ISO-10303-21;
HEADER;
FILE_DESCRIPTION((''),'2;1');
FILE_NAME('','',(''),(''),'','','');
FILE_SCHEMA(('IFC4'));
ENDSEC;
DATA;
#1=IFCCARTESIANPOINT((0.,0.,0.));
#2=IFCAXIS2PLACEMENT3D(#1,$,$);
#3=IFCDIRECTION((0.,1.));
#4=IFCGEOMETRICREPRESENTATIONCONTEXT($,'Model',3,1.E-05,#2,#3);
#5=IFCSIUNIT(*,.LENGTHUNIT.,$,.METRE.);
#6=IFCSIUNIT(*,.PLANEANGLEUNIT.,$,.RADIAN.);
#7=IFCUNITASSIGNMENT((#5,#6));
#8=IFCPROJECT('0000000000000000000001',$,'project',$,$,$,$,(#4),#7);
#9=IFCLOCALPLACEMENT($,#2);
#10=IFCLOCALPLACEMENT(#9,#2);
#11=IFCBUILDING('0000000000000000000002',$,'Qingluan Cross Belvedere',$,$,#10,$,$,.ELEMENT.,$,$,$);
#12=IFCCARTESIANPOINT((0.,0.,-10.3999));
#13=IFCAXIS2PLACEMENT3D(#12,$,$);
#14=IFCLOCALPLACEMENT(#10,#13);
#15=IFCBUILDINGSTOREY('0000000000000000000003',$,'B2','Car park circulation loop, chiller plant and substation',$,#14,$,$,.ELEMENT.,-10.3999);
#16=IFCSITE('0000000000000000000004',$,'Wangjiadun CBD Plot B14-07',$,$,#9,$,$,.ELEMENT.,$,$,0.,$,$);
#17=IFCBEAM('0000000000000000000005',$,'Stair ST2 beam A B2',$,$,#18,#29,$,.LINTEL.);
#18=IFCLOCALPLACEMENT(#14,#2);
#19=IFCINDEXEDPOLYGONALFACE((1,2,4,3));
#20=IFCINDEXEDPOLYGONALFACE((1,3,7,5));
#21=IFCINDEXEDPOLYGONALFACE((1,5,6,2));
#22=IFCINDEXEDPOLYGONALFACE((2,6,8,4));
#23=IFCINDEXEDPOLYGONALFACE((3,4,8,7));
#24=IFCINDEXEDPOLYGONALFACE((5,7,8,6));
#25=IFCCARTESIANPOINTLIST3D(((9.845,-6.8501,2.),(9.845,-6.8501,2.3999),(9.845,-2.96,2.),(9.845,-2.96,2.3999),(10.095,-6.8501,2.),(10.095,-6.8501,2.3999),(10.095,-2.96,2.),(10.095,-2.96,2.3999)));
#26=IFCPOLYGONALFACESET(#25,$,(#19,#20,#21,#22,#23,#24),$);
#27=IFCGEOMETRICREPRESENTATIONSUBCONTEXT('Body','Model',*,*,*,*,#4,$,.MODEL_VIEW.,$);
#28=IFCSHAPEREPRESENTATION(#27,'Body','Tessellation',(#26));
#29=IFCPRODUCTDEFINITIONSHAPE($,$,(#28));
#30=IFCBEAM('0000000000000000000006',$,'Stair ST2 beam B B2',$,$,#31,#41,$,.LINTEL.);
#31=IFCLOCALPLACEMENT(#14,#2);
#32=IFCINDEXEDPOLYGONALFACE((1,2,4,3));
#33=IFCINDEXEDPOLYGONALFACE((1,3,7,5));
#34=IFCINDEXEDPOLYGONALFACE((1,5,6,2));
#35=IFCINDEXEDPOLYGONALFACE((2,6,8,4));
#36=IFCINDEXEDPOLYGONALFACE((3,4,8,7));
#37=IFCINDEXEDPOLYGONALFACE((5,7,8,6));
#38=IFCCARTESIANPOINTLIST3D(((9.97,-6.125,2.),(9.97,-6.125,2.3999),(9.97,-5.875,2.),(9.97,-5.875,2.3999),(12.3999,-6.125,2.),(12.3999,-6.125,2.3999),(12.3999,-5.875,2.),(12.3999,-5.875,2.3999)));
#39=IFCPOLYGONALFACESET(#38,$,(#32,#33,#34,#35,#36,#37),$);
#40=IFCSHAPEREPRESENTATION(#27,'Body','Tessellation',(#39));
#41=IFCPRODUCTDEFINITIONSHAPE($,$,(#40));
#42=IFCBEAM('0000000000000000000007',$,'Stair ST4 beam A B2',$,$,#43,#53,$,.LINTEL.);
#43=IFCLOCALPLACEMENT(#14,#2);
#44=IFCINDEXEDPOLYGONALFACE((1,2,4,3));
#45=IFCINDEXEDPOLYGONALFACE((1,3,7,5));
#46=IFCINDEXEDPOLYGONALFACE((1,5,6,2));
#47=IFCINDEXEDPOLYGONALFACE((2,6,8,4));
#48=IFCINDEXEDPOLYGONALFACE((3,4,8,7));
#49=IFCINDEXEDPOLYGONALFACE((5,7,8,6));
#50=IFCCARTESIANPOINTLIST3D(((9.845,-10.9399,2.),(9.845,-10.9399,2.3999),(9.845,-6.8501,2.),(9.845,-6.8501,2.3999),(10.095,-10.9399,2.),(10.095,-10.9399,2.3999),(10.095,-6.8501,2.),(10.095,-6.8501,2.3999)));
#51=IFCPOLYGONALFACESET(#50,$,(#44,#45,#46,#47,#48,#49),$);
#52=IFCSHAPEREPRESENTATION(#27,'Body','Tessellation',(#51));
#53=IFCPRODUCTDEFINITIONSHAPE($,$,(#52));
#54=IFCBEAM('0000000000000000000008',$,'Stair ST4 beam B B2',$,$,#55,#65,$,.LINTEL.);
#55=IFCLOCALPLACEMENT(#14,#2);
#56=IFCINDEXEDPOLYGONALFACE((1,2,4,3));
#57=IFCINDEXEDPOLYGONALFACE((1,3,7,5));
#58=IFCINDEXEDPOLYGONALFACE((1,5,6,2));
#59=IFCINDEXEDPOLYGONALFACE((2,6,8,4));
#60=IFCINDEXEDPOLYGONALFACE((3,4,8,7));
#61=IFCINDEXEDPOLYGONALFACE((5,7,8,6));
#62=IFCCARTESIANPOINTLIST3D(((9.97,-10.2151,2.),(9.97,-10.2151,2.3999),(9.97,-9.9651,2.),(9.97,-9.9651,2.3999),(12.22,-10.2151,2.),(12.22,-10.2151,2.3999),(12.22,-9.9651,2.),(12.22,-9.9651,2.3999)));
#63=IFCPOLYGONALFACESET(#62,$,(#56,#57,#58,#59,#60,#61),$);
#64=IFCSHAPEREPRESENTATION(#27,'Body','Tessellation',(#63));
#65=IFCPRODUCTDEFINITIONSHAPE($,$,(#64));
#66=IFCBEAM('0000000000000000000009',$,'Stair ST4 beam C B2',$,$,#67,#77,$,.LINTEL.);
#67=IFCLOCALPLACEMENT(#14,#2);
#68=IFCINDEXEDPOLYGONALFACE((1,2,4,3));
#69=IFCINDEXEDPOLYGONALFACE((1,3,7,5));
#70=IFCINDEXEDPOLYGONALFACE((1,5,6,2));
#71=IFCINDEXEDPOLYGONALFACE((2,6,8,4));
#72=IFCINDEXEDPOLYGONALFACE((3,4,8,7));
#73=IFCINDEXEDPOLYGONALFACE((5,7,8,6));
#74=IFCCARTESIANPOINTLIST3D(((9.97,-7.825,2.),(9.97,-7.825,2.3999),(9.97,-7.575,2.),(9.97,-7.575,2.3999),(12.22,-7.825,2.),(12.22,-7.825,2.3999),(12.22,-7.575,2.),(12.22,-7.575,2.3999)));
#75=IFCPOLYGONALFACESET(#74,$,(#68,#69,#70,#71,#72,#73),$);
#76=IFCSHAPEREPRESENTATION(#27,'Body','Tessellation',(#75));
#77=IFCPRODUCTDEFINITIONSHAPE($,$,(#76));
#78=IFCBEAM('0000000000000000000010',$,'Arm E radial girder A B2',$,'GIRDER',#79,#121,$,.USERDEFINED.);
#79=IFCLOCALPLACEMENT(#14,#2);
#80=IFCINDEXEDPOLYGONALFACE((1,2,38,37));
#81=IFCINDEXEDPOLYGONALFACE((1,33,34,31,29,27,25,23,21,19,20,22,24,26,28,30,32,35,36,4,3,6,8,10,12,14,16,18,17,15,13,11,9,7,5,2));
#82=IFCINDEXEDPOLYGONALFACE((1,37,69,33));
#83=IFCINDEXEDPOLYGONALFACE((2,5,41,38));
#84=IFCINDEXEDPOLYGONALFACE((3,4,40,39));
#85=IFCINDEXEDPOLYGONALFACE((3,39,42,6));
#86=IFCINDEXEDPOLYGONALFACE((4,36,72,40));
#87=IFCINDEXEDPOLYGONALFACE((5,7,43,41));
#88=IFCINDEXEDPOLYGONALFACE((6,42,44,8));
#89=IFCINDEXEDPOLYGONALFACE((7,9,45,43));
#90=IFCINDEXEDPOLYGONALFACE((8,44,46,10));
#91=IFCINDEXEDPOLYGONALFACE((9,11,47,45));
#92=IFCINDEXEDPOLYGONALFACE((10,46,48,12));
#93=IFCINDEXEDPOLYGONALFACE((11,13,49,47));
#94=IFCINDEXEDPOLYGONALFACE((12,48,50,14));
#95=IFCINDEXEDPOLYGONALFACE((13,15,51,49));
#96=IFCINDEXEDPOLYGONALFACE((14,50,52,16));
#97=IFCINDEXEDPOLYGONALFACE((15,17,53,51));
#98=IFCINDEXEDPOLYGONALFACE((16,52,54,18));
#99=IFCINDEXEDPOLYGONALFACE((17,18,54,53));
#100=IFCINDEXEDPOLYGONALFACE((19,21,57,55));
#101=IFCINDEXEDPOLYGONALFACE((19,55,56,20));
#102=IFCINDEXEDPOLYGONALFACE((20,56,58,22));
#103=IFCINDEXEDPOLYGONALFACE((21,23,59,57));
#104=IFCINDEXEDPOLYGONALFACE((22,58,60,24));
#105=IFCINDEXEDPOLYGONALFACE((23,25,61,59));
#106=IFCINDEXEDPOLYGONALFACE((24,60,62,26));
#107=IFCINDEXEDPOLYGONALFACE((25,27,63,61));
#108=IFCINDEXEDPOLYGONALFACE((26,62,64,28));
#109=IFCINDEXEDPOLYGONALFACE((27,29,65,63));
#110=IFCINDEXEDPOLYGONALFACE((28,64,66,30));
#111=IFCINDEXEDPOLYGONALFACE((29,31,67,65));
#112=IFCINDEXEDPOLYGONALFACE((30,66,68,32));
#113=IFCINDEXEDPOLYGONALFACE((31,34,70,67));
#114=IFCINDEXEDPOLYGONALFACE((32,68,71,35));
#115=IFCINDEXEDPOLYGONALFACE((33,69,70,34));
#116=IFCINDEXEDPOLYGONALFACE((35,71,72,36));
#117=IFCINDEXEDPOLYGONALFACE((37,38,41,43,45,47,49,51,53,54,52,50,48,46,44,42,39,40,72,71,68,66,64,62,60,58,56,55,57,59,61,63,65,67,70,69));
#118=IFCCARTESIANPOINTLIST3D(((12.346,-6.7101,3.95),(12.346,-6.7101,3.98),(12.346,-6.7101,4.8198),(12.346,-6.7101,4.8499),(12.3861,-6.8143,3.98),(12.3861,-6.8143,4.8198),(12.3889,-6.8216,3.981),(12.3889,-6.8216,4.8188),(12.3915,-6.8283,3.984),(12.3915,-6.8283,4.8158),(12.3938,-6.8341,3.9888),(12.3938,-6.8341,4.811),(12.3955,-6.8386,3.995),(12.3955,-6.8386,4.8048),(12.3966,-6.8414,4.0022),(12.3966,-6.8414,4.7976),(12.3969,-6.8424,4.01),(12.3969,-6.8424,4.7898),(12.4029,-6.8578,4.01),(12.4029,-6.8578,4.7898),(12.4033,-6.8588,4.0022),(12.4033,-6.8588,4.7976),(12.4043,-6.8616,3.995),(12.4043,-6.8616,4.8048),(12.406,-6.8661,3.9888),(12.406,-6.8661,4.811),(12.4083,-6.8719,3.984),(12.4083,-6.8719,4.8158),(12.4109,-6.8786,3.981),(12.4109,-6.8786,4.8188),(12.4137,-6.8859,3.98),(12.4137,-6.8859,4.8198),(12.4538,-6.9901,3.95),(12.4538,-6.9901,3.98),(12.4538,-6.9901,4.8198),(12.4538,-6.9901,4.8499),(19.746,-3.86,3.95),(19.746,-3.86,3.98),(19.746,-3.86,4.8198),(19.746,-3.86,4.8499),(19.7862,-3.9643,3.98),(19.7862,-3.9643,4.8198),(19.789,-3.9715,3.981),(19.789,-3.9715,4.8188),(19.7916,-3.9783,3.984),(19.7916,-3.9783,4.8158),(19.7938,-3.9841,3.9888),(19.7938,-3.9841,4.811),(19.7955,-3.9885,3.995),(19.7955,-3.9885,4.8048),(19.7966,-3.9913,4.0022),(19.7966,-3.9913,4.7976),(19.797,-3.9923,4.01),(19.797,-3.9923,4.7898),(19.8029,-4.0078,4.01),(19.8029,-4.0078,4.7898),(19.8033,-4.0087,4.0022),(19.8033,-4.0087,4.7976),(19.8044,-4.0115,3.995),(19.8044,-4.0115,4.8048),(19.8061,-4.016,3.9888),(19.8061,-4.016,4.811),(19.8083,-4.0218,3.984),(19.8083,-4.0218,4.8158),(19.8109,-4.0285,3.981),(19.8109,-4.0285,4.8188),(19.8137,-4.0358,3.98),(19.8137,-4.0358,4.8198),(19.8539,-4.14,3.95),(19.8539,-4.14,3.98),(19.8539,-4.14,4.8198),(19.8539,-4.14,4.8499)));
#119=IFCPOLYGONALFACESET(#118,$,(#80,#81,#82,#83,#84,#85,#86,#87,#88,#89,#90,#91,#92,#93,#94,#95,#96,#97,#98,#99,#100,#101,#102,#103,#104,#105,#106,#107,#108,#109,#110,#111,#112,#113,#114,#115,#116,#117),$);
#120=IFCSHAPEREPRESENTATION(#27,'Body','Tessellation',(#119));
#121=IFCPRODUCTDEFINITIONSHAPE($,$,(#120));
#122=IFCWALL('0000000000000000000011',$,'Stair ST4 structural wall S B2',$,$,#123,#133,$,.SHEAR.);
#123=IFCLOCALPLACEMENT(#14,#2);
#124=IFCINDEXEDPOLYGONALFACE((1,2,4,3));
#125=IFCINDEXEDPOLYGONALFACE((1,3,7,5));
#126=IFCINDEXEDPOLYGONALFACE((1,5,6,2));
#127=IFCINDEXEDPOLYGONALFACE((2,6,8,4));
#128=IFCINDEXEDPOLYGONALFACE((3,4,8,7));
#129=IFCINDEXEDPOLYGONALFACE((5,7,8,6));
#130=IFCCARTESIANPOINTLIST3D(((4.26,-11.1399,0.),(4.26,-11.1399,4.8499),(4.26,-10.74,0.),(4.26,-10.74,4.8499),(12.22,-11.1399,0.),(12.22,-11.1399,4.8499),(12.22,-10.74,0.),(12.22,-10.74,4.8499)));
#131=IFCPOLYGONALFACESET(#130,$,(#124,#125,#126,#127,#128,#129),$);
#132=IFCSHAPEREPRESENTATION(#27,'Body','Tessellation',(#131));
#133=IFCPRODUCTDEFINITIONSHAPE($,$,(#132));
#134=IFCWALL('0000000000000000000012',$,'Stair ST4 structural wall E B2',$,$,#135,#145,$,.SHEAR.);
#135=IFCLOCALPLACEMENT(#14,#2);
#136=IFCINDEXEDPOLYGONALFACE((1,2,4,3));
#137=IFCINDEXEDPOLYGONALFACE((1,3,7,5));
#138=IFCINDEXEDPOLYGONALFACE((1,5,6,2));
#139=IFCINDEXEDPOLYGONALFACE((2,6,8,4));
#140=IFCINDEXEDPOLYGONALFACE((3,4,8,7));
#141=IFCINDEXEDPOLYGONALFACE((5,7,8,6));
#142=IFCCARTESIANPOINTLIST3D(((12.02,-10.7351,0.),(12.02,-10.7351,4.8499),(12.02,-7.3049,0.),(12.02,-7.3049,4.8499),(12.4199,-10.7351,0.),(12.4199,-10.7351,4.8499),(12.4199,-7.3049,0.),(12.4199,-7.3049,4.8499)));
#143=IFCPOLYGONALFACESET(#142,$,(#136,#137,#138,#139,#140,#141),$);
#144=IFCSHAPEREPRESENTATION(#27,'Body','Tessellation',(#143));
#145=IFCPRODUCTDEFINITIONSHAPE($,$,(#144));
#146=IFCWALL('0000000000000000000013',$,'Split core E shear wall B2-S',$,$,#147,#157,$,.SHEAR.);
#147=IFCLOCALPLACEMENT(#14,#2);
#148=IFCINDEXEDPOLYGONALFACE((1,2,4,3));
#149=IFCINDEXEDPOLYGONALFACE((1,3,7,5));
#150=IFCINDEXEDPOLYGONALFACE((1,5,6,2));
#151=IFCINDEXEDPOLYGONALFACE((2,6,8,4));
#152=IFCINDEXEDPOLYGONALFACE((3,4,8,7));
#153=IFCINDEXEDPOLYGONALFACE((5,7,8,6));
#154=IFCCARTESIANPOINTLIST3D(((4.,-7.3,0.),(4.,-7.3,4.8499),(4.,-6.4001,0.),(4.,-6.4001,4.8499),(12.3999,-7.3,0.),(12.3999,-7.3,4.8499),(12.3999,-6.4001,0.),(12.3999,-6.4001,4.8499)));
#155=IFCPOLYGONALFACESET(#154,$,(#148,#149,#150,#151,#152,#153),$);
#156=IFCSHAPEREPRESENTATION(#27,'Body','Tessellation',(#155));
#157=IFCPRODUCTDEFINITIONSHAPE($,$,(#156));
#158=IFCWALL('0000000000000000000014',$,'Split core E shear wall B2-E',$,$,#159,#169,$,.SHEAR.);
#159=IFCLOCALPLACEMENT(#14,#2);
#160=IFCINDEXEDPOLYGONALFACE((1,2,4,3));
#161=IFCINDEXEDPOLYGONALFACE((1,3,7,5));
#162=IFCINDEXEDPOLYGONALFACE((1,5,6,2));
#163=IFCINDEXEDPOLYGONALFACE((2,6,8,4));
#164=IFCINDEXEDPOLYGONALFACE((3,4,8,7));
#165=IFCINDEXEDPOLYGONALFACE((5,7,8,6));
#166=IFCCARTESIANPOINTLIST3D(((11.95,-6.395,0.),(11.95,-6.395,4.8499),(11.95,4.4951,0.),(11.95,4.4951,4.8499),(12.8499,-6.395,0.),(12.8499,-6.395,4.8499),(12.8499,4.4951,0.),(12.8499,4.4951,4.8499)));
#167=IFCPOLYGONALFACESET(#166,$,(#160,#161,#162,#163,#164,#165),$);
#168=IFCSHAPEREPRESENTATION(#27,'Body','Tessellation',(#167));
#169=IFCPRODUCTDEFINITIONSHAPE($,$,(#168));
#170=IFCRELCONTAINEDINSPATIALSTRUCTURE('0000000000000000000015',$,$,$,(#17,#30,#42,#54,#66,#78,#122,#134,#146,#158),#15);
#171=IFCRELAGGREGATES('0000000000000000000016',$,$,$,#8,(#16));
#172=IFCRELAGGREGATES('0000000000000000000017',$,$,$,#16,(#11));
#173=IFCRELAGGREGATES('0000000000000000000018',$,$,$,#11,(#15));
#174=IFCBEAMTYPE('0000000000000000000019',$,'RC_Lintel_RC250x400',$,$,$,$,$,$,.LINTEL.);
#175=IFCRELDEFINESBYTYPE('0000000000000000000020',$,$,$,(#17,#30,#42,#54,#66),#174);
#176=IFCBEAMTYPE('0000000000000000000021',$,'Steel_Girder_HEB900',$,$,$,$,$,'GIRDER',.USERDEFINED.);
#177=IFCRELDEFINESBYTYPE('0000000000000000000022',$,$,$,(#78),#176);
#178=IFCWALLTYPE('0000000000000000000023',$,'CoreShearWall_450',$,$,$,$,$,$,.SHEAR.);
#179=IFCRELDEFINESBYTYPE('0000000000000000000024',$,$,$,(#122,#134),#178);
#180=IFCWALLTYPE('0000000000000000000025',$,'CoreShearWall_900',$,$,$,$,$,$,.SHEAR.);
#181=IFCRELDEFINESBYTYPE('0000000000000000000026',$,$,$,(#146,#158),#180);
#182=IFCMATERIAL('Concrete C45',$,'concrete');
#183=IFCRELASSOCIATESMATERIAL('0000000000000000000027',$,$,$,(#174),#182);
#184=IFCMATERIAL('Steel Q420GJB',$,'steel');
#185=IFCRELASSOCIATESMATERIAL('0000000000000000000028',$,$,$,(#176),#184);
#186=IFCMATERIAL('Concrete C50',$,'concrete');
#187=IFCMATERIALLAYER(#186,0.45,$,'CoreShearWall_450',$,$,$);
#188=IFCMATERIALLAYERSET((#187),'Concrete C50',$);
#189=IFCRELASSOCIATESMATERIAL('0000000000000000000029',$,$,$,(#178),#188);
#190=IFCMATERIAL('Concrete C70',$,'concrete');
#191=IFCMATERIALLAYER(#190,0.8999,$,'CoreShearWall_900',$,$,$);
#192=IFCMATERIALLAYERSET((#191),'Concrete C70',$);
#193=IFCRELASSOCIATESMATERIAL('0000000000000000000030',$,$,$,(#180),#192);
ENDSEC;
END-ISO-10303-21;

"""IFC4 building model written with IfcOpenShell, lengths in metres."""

from ifc_helpers import new_model, si_unit, direction, frame, frame_2d, origin, origin_2d, place, context, subcontext, project, spatial, rectangle, i_section, extrude, material, layer, layer_set, material_profile, profile_set, type_object, element, save


model = new_model("IFC4")

# Units and contexts
model_context = context("Model", 3, precision=1e-05, world=origin(), true_north=direction((0.0, 1.0)))
body_context = subcontext(model_context, "Body", "Model", "MODEL_VIEW")
ifc_project = project(units=[si_unit("LENGTHUNIT", "METRE"), si_unit("PLANEANGLEUNIT", "RADIAN")], contexts=[model_context])

# Site, building, storey
site_placement = place(None, origin())
site = spatial("IfcSite", under=ifc_project, at=site_placement, Name="Wangjiadun CBD Plot B14-07", CompositionType="ELEMENT", RefElevation=0.0)
building_placement = place(site_placement, origin())
building = spatial("IfcBuilding", under=site, at=building_placement, Name="Qingluan Cross Belvedere", CompositionType="ELEMENT")
storey_placement = place(building_placement, frame((0.0, 0.0, -10.3999)))
storey = spatial("IfcBuildingStorey", under=building, at=storey_placement, Name="B2", Description="Car park circulation loop, chiller plant and substation", CompositionType="ELEMENT", Elevation=-10.3999)

# Beams
ifc_material_1 = material(Name="Concrete C45", Category="concrete")
ifc_material_profile_1 = material_profile(ifc_material_1, rectangle(XDim=0.25, YDim=0.3999, at=origin_2d()), Name="RC250x400")
ifc_profile_set_1 = profile_set([ifc_material_profile_1], Name="Concrete C45")
beam_type_1 = type_object("IfcBeamType", Name="RC_Lintel_RC250x400", PredefinedType="LINTEL", material=ifc_profile_set_1)
beam_1_placement = place(storey_placement, frame((9.97, -6.8501, 2.2), z_axis=(0.0, 1.0, 0.0), x_axis=(-1.0, 0.0, 0.0)))
element("IfcBeam", 1, at=beam_1_placement, inside=storey, type_object=beam_type_1, Name="Stair ST2 beam A B2", PredefinedType="LINTEL", context=body_context, shape_type="SweptSolid", body=[
    extrude(rectangle(XDim=0.25, YDim=0.3999, at=origin_2d()), origin(), (0.0, 0.0, 1.0), 3.8901),
])
beam_2_placement = place(storey_placement, frame((12.3999, -6.0, 2.2), z_axis=(-1.0, 0.0, 0.0), x_axis=(0.0, -1.0, 0.0)))
element("IfcBeam", 2, at=beam_2_placement, inside=storey, type_object=beam_type_1, Name="Stair ST2 beam B B2", PredefinedType="LINTEL", context=body_context, shape_type="SweptSolid", body=[
    extrude(rectangle(XDim=0.25, YDim=0.3999, at=origin_2d()), origin(), (0.0, 0.0, 1.0), 2.4299),
])
beam_3_placement = place(storey_placement, frame((9.97, -10.9399, 2.2), z_axis=(0.0, 1.0, 0.0), x_axis=(-1.0, 0.0, 0.0)))
element("IfcBeam", 3, at=beam_3_placement, inside=storey, type_object=beam_type_1, Name="Stair ST4 beam A B2", PredefinedType="LINTEL", context=body_context, shape_type="SweptSolid", body=[
    extrude(rectangle(XDim=0.25, YDim=0.3999, at=origin_2d()), origin(), (0.0, 0.0, 1.0), 4.0898),
])
for number, where, z_axis, x_axis, name in (
    (4, (12.22, -10.0901, 2.2), (-1.0, 0.0, 0.0), (0.0, -1.0, 0.0), "Stair ST4 beam B B2"),
    (5, (12.22, -7.7, 2.2), (-1.0, 0.0, 0.0), (0.0, -1.0, 0.0), "Stair ST4 beam C B2"),
):
    element("IfcBeam", number, at=place(storey_placement, frame(where, z_axis=z_axis, x_axis=x_axis)), inside=storey, type_object=beam_type_1, Name=name, PredefinedType="LINTEL", context=body_context, shape_type="SweptSolid", body=[
        extrude(rectangle(XDim=0.25, YDim=0.3999, at=origin_2d()), origin(), (0.0, 0.0, 1.0), 2.25),
    ])
ifc_material_2 = material(Name="Steel Q420GJB", Category="steel")
ifc_material_profile_2 = material_profile(ifc_material_2, i_section(OverallWidth=0.3, OverallDepth=0.8999, WebThickness=0.0166, FlangeThickness=0.03, FilletRadius=0.03, at=origin_2d()), Name="HEB900")
ifc_profile_set_2 = profile_set([ifc_material_profile_2], Name="Steel Q420GJB")
beam_type_2 = type_object("IfcBeamType", Name="Steel_Girder_HEB900", ElementType="GIRDER", PredefinedType="USERDEFINED", material=ifc_profile_set_2)
beam_4_placement = place(storey_placement, frame((12.3999, -6.8501, 4.3999), z_axis=(0.933181, 0.359406, 0.0), x_axis=(-0.359406, 0.933181, 0.0)))
element("IfcBeam", 6, at=beam_4_placement, inside=storey, type_object=beam_type_2, Name="Arm E radial girder A B2", ObjectType="GIRDER", PredefinedType="USERDEFINED", context=body_context, shape_type="SweptSolid", body=[
    extrude(i_section(OverallWidth=0.3, OverallDepth=0.8999, WebThickness=0.0166, FlangeThickness=0.03, FilletRadius=0.03, at=origin_2d()), origin(), (0.0, 0.0, 1.0), 7.9299),
])

# Wall
ifc_material_3 = material(Name="Concrete C50", Category="concrete")
ifc_layer_1 = layer(ifc_material_3, 0.45, Name="CoreShearWall_450")
ifc_layer_set_1 = layer_set([ifc_layer_1], Name="Concrete C50")
wall_type_1 = type_object("IfcWallType", Name="CoreShearWall_450", PredefinedType="SHEAR", material=ifc_layer_set_1)
wall_1_placement = place(storey_placement, frame((4.26, -10.9399, 0.0), z_axis=(0.0, 0.0, 1.0), x_axis=(1.0, 0.0, 0.0)))
element("IfcWall", 7, at=wall_1_placement, inside=storey, type_object=wall_type_1, Name="Stair ST4 structural wall S B2", PredefinedType="SHEAR", context=body_context, shape_type="SweptSolid", body=[
    extrude(rectangle(XDim=7.96, YDim=0.3999, at=frame_2d((3.98, 0.0))), origin(), (0.0, 0.0, 1.0), 4.8499),
])

# Walls
wall_2_placement = place(storey_placement, frame((12.22, -10.7351, 0.0), z_axis=(0.0, 0.0, 1.0), x_axis=(0.0, 1.0, 0.0)))
element("IfcWall", 8, at=wall_2_placement, inside=storey, type_object=wall_type_1, Name="Stair ST4 structural wall E B2", PredefinedType="SHEAR", context=body_context, shape_type="SweptSolid", body=[
    extrude(rectangle(XDim=3.4302, YDim=0.3999, at=frame_2d((1.7151, 0.0))), origin(), (0.0, 0.0, 1.0), 4.8499),
])
ifc_material_4 = material(Name="Concrete C70", Category="concrete")
ifc_layer_2 = layer(ifc_material_4, 0.8999, Name="CoreShearWall_900")
ifc_layer_set_2 = layer_set([ifc_layer_2], Name="Concrete C70")
wall_type_2 = type_object("IfcWallType", Name="CoreShearWall_900", PredefinedType="SHEAR", material=ifc_layer_set_2)
wall_3_placement = place(storey_placement, frame((4.0, -6.8501, 0.0), z_axis=(0.0, 0.0, 1.0), x_axis=(1.0, 0.0, 0.0)))
element("IfcWall", 9, at=wall_3_placement, inside=storey, type_object=wall_type_2, Name="Split core E shear wall B2-S", PredefinedType="SHEAR", context=body_context, shape_type="SweptSolid", body=[
    extrude(rectangle(XDim=8.3999, YDim=0.8999, at=frame_2d((4.2, 0.0))), origin(), (0.0, 0.0, 1.0), 4.8499),
])

# Wall
wall_4_placement = place(storey_placement, frame((12.3999, -6.395, 0.0), z_axis=(0.0, 0.0, 1.0), x_axis=(0.0, 1.0, 0.0)))
element("IfcWall", 10, at=wall_4_placement, inside=storey, type_object=wall_type_2, Name="Split core E shear wall B2-E", PredefinedType="SHEAR", context=body_context, shape_type="SweptSolid", body=[
    extrude(rectangle(XDim=10.8901, YDim=0.8999, at=frame_2d((5.4451, 0.0))), origin(), (0.0, 0.0, 1.0), 4.8499),
])

save(model, "model.ifc")
